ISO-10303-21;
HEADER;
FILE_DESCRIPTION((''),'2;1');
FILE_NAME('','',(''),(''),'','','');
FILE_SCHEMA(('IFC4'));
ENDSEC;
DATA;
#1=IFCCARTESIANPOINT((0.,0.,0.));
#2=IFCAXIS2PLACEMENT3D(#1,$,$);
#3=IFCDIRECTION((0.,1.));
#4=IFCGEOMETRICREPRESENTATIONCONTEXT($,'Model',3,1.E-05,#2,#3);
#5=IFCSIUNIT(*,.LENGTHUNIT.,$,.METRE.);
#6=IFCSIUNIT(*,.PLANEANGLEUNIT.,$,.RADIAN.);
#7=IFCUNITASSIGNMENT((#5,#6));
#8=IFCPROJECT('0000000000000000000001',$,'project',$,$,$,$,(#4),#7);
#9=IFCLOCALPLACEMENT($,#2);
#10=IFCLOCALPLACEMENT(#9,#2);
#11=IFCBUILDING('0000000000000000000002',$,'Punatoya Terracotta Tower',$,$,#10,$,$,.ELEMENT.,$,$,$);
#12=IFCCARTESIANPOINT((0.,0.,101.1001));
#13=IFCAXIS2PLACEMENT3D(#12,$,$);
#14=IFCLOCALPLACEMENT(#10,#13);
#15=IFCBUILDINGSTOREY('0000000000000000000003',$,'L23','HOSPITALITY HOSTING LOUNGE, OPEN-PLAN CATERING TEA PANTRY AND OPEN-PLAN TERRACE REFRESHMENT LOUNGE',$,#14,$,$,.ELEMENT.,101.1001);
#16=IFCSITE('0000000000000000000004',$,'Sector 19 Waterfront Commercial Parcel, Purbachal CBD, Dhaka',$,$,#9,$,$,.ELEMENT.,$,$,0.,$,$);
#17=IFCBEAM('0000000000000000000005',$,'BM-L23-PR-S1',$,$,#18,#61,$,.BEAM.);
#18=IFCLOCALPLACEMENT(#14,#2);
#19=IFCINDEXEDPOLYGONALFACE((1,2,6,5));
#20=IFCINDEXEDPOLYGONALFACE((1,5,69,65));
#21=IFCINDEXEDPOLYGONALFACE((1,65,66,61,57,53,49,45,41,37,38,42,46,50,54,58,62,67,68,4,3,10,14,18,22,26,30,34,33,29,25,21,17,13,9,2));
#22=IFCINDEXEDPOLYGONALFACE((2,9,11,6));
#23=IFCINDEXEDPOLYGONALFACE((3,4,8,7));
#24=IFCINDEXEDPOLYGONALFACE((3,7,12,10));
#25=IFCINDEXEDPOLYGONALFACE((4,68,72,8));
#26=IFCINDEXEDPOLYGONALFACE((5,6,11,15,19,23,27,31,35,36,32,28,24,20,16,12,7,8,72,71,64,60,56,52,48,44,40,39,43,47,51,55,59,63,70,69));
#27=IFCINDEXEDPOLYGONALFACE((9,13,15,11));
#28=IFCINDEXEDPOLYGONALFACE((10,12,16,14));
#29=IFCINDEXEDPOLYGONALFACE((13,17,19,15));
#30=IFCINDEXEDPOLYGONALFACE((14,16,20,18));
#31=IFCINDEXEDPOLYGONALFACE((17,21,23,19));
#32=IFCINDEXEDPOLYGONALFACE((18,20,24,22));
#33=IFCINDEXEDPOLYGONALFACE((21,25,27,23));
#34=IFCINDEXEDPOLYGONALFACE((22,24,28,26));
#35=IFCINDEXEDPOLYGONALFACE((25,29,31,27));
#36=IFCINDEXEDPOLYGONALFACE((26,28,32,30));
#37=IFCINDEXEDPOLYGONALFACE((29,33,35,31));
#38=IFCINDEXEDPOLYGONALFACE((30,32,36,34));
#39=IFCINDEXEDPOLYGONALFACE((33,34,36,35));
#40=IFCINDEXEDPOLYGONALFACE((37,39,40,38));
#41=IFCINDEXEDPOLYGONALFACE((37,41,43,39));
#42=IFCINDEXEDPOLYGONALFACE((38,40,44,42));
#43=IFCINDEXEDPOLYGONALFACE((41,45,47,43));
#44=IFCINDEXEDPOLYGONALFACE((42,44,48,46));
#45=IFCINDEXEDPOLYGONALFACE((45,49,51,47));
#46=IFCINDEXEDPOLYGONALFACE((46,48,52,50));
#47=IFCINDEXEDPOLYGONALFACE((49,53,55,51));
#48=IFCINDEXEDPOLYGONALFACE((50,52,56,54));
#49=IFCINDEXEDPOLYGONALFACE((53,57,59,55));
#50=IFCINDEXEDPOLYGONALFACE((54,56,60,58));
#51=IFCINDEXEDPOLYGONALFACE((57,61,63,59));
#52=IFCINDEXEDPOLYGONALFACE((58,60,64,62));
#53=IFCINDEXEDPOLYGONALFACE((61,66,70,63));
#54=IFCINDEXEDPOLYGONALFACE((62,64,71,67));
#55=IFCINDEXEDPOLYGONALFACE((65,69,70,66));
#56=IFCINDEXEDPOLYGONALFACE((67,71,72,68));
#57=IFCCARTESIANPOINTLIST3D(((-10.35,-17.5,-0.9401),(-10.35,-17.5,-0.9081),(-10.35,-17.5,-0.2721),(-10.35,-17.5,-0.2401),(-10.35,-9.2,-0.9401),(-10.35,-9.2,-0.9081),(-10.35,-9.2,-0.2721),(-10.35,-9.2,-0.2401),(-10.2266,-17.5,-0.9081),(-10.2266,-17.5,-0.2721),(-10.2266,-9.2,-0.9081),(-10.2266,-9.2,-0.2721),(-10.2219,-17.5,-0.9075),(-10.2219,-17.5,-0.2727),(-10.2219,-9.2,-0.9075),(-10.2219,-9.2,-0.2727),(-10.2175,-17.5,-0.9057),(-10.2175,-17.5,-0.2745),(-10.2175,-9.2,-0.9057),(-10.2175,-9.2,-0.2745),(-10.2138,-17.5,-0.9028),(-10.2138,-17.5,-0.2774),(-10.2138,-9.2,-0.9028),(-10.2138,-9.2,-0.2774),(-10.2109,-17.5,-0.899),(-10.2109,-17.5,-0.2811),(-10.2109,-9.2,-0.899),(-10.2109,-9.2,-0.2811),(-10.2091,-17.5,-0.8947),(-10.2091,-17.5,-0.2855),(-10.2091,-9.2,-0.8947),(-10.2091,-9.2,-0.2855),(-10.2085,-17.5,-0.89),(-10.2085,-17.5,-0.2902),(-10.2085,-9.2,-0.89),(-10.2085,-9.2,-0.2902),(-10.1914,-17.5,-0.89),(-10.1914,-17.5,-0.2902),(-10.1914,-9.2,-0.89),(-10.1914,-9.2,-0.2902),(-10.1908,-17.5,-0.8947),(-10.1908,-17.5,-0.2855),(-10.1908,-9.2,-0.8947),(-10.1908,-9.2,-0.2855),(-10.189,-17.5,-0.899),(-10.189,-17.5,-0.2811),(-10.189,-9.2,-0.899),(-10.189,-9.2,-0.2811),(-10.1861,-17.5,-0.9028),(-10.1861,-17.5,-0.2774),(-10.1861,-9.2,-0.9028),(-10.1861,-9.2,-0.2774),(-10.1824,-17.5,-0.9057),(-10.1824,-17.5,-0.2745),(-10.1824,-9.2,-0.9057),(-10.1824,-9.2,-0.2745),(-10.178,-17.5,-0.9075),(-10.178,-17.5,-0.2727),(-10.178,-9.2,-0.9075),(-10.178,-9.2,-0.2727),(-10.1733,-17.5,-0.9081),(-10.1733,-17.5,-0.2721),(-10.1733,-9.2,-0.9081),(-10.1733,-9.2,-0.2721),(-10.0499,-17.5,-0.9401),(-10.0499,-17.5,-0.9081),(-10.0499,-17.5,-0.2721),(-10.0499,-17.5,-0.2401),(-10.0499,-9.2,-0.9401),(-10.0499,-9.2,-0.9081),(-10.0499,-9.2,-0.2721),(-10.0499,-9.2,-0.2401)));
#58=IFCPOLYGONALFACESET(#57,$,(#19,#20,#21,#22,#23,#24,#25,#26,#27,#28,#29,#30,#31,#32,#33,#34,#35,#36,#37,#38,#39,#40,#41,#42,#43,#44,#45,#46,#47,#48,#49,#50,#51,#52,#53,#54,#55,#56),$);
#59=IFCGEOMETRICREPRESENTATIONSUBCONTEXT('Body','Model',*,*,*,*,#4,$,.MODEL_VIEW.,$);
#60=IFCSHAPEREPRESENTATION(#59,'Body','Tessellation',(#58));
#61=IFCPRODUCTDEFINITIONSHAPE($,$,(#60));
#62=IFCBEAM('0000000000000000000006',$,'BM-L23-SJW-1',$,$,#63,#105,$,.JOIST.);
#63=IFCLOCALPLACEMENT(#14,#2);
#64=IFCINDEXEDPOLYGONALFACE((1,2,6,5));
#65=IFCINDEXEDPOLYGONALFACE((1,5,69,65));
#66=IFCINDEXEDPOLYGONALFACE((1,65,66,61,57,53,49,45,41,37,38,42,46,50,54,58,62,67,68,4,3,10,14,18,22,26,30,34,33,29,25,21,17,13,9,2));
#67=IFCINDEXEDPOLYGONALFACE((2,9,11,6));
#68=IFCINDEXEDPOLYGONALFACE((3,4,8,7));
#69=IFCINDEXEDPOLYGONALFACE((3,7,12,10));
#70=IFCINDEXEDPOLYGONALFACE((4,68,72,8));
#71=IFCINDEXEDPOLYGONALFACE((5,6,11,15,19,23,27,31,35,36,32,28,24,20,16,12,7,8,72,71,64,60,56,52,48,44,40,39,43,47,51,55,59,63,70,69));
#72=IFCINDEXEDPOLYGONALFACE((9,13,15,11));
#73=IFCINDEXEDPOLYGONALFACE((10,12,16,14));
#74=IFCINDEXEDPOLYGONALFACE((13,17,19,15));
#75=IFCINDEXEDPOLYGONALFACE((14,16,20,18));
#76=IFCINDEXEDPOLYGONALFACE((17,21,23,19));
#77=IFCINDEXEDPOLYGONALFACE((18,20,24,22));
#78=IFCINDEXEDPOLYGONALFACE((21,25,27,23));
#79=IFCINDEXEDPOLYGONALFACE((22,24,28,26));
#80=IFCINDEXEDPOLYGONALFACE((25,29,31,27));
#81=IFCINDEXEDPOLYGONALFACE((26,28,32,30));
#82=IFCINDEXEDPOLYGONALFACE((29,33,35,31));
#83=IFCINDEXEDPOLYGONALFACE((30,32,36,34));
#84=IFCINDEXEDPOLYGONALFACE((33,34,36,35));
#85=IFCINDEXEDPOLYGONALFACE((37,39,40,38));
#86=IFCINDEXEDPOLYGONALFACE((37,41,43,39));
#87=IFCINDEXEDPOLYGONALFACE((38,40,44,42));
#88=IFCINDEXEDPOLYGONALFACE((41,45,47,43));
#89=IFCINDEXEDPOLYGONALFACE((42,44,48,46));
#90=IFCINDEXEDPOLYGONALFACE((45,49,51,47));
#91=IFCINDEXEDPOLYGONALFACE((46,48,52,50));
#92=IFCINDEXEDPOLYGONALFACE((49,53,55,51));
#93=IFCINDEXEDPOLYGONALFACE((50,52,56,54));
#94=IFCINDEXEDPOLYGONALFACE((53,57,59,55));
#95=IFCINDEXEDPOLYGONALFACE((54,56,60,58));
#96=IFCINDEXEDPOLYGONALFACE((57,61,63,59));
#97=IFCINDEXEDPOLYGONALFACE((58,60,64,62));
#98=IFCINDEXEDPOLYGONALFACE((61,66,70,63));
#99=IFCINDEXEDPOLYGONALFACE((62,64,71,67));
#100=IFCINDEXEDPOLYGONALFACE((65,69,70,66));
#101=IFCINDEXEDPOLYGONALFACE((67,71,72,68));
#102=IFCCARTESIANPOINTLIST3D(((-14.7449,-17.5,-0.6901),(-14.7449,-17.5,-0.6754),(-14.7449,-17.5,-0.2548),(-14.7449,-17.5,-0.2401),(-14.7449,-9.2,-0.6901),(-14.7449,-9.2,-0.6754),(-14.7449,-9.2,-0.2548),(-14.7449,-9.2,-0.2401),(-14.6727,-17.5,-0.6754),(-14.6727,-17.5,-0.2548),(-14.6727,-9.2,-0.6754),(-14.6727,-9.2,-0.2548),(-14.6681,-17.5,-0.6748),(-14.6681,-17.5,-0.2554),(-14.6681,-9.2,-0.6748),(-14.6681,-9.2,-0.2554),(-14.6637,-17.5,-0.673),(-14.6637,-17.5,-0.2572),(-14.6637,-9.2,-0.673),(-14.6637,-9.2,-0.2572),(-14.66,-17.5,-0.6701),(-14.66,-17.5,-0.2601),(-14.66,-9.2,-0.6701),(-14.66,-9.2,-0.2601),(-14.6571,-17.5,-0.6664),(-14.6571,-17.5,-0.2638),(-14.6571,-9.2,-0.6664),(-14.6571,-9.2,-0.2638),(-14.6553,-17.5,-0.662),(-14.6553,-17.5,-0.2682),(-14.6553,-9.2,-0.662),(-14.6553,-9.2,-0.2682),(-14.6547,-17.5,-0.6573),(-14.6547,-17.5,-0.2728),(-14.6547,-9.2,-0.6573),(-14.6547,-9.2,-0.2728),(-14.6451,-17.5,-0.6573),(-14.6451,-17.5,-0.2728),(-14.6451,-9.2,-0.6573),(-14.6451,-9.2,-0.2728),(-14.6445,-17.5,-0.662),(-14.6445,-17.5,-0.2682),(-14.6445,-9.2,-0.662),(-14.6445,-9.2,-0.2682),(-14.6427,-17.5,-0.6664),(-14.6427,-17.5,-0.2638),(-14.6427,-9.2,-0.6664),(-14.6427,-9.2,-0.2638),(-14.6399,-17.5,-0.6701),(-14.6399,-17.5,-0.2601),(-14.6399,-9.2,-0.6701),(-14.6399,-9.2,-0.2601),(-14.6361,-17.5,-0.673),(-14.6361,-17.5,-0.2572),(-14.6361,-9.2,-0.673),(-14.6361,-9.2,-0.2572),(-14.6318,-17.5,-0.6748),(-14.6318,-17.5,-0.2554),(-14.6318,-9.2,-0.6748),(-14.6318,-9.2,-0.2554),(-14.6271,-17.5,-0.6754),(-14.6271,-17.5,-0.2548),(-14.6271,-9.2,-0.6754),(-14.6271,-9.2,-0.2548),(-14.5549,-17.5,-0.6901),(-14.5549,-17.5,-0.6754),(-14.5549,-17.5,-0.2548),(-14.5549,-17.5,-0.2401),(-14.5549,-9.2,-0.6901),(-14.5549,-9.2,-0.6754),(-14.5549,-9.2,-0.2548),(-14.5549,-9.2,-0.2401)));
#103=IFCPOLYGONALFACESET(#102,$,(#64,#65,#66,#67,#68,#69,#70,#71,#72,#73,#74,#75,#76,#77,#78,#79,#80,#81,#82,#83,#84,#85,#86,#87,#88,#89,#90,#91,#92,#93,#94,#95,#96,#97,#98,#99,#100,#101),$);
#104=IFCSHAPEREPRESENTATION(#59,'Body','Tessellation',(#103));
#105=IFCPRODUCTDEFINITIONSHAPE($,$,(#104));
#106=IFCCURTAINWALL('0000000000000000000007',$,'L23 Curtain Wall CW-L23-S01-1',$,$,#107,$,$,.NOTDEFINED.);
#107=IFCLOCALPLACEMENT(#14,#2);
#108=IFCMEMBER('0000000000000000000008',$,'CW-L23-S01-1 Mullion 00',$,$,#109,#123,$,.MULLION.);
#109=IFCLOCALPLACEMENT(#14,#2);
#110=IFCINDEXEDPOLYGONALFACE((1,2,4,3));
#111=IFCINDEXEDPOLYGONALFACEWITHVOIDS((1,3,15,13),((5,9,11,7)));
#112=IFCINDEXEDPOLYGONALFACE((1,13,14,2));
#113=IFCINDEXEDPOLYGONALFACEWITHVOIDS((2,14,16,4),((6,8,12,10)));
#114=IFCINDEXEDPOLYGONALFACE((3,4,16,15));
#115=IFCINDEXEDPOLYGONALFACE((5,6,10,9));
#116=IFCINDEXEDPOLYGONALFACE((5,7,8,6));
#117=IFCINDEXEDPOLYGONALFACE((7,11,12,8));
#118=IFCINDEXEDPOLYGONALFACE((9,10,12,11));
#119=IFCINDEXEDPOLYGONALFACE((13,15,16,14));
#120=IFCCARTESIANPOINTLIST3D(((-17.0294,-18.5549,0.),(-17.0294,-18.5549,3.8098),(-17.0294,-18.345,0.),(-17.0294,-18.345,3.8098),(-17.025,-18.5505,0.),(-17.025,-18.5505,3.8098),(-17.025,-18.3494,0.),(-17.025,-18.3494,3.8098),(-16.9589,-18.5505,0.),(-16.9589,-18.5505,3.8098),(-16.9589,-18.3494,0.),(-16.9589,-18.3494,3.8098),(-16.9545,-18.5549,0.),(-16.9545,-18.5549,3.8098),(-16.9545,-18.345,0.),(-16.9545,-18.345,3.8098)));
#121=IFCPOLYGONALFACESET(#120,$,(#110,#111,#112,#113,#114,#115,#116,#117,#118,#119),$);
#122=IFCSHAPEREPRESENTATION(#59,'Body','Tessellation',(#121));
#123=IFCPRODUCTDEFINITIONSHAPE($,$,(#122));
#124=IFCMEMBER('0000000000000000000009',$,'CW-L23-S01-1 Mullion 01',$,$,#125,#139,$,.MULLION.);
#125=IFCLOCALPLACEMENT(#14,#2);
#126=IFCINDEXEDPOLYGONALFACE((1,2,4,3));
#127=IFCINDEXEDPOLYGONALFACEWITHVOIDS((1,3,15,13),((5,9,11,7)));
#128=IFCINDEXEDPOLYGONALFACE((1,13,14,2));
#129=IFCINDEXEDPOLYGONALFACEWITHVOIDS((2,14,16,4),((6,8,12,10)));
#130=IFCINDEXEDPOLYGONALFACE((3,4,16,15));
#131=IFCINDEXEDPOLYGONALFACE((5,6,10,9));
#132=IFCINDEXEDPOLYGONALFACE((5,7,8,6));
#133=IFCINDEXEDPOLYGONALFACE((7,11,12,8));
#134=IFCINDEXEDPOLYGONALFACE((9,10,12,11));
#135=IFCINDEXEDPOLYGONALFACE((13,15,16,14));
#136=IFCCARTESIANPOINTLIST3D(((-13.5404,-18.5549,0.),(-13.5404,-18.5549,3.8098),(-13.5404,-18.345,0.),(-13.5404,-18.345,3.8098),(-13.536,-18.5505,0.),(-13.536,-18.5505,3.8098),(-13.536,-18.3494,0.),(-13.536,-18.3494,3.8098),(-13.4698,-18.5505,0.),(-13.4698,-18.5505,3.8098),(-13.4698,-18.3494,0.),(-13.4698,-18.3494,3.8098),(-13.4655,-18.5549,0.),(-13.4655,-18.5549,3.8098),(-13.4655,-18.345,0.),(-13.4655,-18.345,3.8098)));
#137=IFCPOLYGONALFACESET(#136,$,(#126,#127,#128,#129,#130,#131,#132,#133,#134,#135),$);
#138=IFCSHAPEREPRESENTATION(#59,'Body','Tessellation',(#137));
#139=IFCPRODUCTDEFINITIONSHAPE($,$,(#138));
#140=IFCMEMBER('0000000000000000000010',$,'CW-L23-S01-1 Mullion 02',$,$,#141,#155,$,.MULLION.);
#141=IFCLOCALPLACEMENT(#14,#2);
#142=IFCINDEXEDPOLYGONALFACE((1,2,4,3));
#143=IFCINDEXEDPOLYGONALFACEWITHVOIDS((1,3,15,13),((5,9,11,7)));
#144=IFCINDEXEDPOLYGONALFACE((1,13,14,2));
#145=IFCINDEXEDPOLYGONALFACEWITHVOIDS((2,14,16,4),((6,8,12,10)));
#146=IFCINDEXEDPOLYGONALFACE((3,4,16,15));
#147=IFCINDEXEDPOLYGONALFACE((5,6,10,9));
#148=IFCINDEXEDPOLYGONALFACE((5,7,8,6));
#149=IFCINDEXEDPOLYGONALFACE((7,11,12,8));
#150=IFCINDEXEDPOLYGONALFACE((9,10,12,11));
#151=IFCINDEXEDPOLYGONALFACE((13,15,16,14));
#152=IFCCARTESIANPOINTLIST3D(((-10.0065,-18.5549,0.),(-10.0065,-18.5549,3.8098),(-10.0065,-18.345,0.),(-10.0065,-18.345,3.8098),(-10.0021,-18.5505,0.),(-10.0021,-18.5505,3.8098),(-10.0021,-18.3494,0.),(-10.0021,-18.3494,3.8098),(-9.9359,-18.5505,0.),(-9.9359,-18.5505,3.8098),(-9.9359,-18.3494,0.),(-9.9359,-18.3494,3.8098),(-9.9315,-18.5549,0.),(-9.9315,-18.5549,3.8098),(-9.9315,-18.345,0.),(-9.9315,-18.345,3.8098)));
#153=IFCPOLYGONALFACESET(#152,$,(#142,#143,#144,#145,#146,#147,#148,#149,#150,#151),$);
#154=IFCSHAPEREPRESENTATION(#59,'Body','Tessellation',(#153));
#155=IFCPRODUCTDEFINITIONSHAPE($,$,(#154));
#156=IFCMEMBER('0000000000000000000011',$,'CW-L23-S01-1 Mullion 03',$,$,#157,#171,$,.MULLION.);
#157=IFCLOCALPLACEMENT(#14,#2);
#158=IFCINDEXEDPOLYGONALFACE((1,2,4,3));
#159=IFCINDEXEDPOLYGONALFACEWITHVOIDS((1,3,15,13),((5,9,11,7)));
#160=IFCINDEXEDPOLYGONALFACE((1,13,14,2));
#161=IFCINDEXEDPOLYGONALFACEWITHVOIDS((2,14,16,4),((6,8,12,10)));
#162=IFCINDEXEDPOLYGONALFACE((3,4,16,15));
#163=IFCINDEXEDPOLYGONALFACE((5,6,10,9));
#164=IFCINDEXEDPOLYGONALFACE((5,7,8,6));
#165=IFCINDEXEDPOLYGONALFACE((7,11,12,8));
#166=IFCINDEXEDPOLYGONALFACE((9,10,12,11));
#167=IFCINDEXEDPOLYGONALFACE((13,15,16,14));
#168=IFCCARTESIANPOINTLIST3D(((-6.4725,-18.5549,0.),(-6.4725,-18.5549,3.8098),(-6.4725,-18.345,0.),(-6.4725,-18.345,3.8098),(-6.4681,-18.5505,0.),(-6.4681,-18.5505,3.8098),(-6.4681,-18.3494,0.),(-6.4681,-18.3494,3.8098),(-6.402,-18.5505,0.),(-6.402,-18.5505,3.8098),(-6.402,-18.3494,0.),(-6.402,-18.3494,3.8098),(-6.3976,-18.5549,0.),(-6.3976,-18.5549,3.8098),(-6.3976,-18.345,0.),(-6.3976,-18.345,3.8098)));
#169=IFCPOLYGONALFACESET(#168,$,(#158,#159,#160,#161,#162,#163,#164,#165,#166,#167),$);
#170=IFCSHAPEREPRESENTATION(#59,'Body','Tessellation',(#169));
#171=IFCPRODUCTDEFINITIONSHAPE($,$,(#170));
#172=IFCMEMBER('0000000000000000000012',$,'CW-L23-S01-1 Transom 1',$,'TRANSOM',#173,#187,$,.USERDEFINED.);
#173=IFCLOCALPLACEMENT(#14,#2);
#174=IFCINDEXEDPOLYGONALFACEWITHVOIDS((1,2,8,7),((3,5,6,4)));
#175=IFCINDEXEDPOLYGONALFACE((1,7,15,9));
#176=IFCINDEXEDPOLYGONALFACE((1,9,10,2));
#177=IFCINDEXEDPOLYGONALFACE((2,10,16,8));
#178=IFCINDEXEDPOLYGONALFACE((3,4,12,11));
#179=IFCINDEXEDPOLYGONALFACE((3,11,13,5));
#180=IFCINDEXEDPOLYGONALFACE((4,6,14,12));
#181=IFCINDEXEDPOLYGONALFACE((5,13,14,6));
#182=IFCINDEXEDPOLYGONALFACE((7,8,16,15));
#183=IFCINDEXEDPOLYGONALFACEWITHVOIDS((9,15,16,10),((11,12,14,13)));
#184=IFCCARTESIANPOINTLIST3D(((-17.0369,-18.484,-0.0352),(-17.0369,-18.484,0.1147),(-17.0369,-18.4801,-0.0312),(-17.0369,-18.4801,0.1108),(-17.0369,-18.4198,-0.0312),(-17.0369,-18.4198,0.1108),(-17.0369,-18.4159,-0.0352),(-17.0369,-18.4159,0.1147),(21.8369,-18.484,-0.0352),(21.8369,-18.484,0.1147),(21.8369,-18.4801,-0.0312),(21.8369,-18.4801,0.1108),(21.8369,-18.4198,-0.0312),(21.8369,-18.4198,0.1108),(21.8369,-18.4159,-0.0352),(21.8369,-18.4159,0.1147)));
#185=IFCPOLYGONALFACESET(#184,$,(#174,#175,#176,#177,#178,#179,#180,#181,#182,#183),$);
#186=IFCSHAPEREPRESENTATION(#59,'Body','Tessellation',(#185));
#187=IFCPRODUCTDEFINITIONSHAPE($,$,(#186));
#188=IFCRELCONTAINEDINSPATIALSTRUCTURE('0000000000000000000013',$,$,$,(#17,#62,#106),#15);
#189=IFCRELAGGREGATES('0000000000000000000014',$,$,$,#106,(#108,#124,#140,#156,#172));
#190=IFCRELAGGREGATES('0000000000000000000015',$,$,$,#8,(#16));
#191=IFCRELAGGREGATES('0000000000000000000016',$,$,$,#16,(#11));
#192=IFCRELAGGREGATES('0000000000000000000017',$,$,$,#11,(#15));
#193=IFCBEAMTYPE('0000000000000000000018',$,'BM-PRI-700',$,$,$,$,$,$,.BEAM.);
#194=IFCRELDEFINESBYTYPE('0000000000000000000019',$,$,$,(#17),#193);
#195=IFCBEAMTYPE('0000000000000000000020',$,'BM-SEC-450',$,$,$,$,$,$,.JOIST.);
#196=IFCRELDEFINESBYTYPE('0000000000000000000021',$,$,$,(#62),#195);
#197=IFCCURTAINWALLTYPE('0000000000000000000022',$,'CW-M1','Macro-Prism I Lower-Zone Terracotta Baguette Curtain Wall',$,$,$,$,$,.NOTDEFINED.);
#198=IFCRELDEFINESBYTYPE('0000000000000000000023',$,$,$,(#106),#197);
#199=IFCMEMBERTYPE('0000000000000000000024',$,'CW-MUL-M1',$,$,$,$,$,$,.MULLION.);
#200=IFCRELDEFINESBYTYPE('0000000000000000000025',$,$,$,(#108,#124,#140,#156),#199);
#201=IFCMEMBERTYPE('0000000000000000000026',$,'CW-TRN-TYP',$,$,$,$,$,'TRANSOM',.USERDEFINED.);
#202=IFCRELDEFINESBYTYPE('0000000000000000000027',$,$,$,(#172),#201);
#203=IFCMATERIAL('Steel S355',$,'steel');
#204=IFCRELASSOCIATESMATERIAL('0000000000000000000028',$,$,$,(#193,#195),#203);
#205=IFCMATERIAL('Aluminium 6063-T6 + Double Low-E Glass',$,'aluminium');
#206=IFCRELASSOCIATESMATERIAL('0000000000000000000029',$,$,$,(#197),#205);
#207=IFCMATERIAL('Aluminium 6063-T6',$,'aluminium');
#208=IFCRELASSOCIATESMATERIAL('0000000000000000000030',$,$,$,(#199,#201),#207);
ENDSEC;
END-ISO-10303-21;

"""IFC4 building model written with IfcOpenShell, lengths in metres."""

from ifc_helpers import new_model, si_unit, direction, frame, origin, origin_2d, place, context, subcontext, project, spatial, hollow_rectangle, i_section, extrude, material, material_profile, profile_set, type_object, element, aggregate, save


model = new_model("IFC4")

# Units and contexts
model_context = context("Model", 3, precision=1e-05, world=origin(), true_north=direction((0.0, 1.0)))
body_context = subcontext(model_context, "Body", "Model", "MODEL_VIEW")
ifc_project = project(units=[si_unit("LENGTHUNIT", "METRE"), si_unit("PLANEANGLEUNIT", "RADIAN")], contexts=[model_context])

# Site, building, storey
site_placement = place(None, origin())
site = spatial("IfcSite", under=ifc_project, at=site_placement, Name="Sector 19 Waterfront Commercial Parcel, Purbachal CBD, Dhaka", CompositionType="ELEMENT", RefElevation=0.0)
building_placement = place(site_placement, origin())
building = spatial("IfcBuilding", under=site, at=building_placement, Name="Punatoya Terracotta Tower", CompositionType="ELEMENT")
storey_placement = place(building_placement, frame((0.0, 0.0, 101.1001)))
storey = spatial("IfcBuildingStorey", under=building, at=storey_placement, Name="L23", Description="HOSPITALITY HOSTING LOUNGE, OPEN-PLAN CATERING TEA PANTRY AND OPEN-PLAN TERRACE REFRESHMENT LOUNGE", CompositionType="ELEMENT", Elevation=101.1001)

# Beams
ifc_material_1 = material(Name="Steel S355", Category="steel")
ifc_material_profile_1 = material_profile(ifc_material_1, i_section(OverallWidth=0.3, OverallDepth=0.7, WebThickness=0.0171, FlangeThickness=0.032, FilletRadius=0.0181, at=origin_2d()))
ifc_profile_set_1 = profile_set([ifc_material_profile_1], Name="Steel S355")
beam_type_1 = type_object("IfcBeamType", Name="BM-PRI-700", PredefinedType="BEAM", material=ifc_profile_set_1)
beam_1_placement = place(storey_placement, frame((-10.2, -17.5, -0.5901), z_axis=(0.0, 1.0, 0.0), x_axis=(-1.0, 0.0, 0.0)))
element("IfcBeam", 1, at=beam_1_placement, inside=storey, type_object=beam_type_1, Name="BM-L23-PR-S1", PredefinedType="BEAM", context=body_context, shape_type="SweptSolid", body=[
    extrude(i_section(OverallWidth=0.3, OverallDepth=0.7, WebThickness=0.0171, FlangeThickness=0.032, FilletRadius=0.0181, at=origin_2d()), origin(), (0.0, 0.0, 1.0), 8.3),
])
ifc_material_profile_2 = material_profile(ifc_material_1, i_section(OverallWidth=0.1899, OverallDepth=0.45, WebThickness=0.0095, FlangeThickness=0.0146, FilletRadius=0.0181, at=origin_2d()))
ifc_profile_set_2 = profile_set([ifc_material_profile_2], Name="Steel S355")
beam_type_2 = type_object("IfcBeamType", Name="BM-SEC-450", PredefinedType="JOIST", material=ifc_profile_set_2)
beam_2_placement = place(storey_placement, frame((-14.6499, -17.5, -0.4651), z_axis=(0.0, 1.0, 0.0), x_axis=(-1.0, 0.0, 0.0)))
element("IfcBeam", 2, at=beam_2_placement, inside=storey, type_object=beam_type_2, Name="BM-L23-SJW-1", PredefinedType="JOIST", context=body_context, shape_type="SweptSolid", body=[
    extrude(i_section(OverallWidth=0.1899, OverallDepth=0.45, WebThickness=0.0095, FlangeThickness=0.0146, FilletRadius=0.0181, at=origin_2d()), origin(), (0.0, 0.0, 1.0), 8.3),
])

# Curtain wall, members
ifc_material_2 = material(Name="Aluminium 6063-T6 + Double Low-E Glass", Category="aluminium")
curtain_wall_type = type_object("IfcCurtainWallType", Name="CW-M1", Description="Macro-Prism I Lower-Zone Terracotta Baguette Curtain Wall", PredefinedType="NOTDEFINED", material=ifc_material_2)
curtain_wall_placement = place(storey_placement, origin())
curtain_wall = element("IfcCurtainWall", 3, at=curtain_wall_placement, inside=storey, type_object=curtain_wall_type, Name="L23 Curtain Wall CW-L23-S01-1", PredefinedType="NOTDEFINED")
ifc_material_3 = material(Name="Aluminium 6063-T6", Category="aluminium")
ifc_material_profile_3 = material_profile(ifc_material_3, hollow_rectangle(XDim=0.075, YDim=0.21, WallThickness=0.0044, at=origin_2d()))
ifc_profile_set_3 = profile_set([ifc_material_profile_3], Name="Aluminium 6063-T6")
member_type_1 = type_object("IfcMemberType", Name="CW-MUL-M1", PredefinedType="MULLION", material=ifc_profile_set_3)
member_1_placement = place(storey_placement, frame((-16.9919, -18.45, 0.0), z_axis=(0.0, 0.0, 1.0), x_axis=(1.0, 0.0, 0.0)))
member_1 = element("IfcMember", 4, at=member_1_placement, type_object=member_type_1, Name="CW-L23-S01-1 Mullion 00", PredefinedType="MULLION", context=body_context, shape_type="SweptSolid", body=[
    extrude(hollow_rectangle(XDim=0.075, YDim=0.21, WallThickness=0.0044, at=origin_2d()), origin(), (0.0, 0.0, 1.0), 3.8098),
])
member_2_placement = place(storey_placement, frame((-13.5029, -18.45, 0.0), z_axis=(0.0, 0.0, 1.0), x_axis=(1.0, 0.0, 0.0)))
member_2 = element("IfcMember", 5, at=member_2_placement, type_object=member_type_1, Name="CW-L23-S01-1 Mullion 01", PredefinedType="MULLION", context=body_context, shape_type="SweptSolid", body=[
    extrude(hollow_rectangle(XDim=0.075, YDim=0.21, WallThickness=0.0044, at=origin_2d()), origin(), (0.0, 0.0, 1.0), 3.8098),
])
member_3_placement = place(storey_placement, frame((-9.969, -18.45, 0.0), z_axis=(0.0, 0.0, 1.0), x_axis=(1.0, 0.0, 0.0)))
member_3 = element("IfcMember", 6, at=member_3_placement, type_object=member_type_1, Name="CW-L23-S01-1 Mullion 02", PredefinedType="MULLION", context=body_context, shape_type="SweptSolid", body=[
    extrude(hollow_rectangle(XDim=0.075, YDim=0.21, WallThickness=0.0044, at=origin_2d()), origin(), (0.0, 0.0, 1.0), 3.8098),
])
member_4_placement = place(storey_placement, frame((-6.4351, -18.45, 0.0), z_axis=(0.0, 0.0, 1.0), x_axis=(1.0, 0.0, 0.0)))
member_4 = element("IfcMember", 7, at=member_4_placement, type_object=member_type_1, Name="CW-L23-S01-1 Mullion 03", PredefinedType="MULLION", context=body_context, shape_type="SweptSolid", body=[
    extrude(hollow_rectangle(XDim=0.075, YDim=0.21, WallThickness=0.0044, at=origin_2d()), origin(), (0.0, 0.0, 1.0), 3.8098),
])
ifc_material_profile_4 = material_profile(ifc_material_3, hollow_rectangle(XDim=0.0681, YDim=0.1499, WallThickness=0.0039, at=origin_2d()))
ifc_profile_set_4 = profile_set([ifc_material_profile_4], Name="Aluminium 6063-T6")
member_type_2 = type_object("IfcMemberType", Name="CW-TRN-TYP", ElementType="TRANSOM", PredefinedType="USERDEFINED", material=ifc_profile_set_4)
member_5_placement = place(storey_placement, frame((-17.0369, -18.45, 0.0398), z_axis=(1.0, 0.0, 0.0), x_axis=(0.0, 1.0, 0.0)))
member_5 = element("IfcMember", 8, at=member_5_placement, type_object=member_type_2, Name="CW-L23-S01-1 Transom 1", ObjectType="TRANSOM", PredefinedType="USERDEFINED", context=body_context, shape_type="SweptSolid", body=[
    extrude(hollow_rectangle(XDim=0.0681, YDim=0.1499, WallThickness=0.0039, at=origin_2d()), origin(), (0.0, 0.0, 1.0), 38.8738),
])
aggregate(curtain_wall, [member_1, member_2, member_3, member_4, member_5])

save(model, "model.ifc")
